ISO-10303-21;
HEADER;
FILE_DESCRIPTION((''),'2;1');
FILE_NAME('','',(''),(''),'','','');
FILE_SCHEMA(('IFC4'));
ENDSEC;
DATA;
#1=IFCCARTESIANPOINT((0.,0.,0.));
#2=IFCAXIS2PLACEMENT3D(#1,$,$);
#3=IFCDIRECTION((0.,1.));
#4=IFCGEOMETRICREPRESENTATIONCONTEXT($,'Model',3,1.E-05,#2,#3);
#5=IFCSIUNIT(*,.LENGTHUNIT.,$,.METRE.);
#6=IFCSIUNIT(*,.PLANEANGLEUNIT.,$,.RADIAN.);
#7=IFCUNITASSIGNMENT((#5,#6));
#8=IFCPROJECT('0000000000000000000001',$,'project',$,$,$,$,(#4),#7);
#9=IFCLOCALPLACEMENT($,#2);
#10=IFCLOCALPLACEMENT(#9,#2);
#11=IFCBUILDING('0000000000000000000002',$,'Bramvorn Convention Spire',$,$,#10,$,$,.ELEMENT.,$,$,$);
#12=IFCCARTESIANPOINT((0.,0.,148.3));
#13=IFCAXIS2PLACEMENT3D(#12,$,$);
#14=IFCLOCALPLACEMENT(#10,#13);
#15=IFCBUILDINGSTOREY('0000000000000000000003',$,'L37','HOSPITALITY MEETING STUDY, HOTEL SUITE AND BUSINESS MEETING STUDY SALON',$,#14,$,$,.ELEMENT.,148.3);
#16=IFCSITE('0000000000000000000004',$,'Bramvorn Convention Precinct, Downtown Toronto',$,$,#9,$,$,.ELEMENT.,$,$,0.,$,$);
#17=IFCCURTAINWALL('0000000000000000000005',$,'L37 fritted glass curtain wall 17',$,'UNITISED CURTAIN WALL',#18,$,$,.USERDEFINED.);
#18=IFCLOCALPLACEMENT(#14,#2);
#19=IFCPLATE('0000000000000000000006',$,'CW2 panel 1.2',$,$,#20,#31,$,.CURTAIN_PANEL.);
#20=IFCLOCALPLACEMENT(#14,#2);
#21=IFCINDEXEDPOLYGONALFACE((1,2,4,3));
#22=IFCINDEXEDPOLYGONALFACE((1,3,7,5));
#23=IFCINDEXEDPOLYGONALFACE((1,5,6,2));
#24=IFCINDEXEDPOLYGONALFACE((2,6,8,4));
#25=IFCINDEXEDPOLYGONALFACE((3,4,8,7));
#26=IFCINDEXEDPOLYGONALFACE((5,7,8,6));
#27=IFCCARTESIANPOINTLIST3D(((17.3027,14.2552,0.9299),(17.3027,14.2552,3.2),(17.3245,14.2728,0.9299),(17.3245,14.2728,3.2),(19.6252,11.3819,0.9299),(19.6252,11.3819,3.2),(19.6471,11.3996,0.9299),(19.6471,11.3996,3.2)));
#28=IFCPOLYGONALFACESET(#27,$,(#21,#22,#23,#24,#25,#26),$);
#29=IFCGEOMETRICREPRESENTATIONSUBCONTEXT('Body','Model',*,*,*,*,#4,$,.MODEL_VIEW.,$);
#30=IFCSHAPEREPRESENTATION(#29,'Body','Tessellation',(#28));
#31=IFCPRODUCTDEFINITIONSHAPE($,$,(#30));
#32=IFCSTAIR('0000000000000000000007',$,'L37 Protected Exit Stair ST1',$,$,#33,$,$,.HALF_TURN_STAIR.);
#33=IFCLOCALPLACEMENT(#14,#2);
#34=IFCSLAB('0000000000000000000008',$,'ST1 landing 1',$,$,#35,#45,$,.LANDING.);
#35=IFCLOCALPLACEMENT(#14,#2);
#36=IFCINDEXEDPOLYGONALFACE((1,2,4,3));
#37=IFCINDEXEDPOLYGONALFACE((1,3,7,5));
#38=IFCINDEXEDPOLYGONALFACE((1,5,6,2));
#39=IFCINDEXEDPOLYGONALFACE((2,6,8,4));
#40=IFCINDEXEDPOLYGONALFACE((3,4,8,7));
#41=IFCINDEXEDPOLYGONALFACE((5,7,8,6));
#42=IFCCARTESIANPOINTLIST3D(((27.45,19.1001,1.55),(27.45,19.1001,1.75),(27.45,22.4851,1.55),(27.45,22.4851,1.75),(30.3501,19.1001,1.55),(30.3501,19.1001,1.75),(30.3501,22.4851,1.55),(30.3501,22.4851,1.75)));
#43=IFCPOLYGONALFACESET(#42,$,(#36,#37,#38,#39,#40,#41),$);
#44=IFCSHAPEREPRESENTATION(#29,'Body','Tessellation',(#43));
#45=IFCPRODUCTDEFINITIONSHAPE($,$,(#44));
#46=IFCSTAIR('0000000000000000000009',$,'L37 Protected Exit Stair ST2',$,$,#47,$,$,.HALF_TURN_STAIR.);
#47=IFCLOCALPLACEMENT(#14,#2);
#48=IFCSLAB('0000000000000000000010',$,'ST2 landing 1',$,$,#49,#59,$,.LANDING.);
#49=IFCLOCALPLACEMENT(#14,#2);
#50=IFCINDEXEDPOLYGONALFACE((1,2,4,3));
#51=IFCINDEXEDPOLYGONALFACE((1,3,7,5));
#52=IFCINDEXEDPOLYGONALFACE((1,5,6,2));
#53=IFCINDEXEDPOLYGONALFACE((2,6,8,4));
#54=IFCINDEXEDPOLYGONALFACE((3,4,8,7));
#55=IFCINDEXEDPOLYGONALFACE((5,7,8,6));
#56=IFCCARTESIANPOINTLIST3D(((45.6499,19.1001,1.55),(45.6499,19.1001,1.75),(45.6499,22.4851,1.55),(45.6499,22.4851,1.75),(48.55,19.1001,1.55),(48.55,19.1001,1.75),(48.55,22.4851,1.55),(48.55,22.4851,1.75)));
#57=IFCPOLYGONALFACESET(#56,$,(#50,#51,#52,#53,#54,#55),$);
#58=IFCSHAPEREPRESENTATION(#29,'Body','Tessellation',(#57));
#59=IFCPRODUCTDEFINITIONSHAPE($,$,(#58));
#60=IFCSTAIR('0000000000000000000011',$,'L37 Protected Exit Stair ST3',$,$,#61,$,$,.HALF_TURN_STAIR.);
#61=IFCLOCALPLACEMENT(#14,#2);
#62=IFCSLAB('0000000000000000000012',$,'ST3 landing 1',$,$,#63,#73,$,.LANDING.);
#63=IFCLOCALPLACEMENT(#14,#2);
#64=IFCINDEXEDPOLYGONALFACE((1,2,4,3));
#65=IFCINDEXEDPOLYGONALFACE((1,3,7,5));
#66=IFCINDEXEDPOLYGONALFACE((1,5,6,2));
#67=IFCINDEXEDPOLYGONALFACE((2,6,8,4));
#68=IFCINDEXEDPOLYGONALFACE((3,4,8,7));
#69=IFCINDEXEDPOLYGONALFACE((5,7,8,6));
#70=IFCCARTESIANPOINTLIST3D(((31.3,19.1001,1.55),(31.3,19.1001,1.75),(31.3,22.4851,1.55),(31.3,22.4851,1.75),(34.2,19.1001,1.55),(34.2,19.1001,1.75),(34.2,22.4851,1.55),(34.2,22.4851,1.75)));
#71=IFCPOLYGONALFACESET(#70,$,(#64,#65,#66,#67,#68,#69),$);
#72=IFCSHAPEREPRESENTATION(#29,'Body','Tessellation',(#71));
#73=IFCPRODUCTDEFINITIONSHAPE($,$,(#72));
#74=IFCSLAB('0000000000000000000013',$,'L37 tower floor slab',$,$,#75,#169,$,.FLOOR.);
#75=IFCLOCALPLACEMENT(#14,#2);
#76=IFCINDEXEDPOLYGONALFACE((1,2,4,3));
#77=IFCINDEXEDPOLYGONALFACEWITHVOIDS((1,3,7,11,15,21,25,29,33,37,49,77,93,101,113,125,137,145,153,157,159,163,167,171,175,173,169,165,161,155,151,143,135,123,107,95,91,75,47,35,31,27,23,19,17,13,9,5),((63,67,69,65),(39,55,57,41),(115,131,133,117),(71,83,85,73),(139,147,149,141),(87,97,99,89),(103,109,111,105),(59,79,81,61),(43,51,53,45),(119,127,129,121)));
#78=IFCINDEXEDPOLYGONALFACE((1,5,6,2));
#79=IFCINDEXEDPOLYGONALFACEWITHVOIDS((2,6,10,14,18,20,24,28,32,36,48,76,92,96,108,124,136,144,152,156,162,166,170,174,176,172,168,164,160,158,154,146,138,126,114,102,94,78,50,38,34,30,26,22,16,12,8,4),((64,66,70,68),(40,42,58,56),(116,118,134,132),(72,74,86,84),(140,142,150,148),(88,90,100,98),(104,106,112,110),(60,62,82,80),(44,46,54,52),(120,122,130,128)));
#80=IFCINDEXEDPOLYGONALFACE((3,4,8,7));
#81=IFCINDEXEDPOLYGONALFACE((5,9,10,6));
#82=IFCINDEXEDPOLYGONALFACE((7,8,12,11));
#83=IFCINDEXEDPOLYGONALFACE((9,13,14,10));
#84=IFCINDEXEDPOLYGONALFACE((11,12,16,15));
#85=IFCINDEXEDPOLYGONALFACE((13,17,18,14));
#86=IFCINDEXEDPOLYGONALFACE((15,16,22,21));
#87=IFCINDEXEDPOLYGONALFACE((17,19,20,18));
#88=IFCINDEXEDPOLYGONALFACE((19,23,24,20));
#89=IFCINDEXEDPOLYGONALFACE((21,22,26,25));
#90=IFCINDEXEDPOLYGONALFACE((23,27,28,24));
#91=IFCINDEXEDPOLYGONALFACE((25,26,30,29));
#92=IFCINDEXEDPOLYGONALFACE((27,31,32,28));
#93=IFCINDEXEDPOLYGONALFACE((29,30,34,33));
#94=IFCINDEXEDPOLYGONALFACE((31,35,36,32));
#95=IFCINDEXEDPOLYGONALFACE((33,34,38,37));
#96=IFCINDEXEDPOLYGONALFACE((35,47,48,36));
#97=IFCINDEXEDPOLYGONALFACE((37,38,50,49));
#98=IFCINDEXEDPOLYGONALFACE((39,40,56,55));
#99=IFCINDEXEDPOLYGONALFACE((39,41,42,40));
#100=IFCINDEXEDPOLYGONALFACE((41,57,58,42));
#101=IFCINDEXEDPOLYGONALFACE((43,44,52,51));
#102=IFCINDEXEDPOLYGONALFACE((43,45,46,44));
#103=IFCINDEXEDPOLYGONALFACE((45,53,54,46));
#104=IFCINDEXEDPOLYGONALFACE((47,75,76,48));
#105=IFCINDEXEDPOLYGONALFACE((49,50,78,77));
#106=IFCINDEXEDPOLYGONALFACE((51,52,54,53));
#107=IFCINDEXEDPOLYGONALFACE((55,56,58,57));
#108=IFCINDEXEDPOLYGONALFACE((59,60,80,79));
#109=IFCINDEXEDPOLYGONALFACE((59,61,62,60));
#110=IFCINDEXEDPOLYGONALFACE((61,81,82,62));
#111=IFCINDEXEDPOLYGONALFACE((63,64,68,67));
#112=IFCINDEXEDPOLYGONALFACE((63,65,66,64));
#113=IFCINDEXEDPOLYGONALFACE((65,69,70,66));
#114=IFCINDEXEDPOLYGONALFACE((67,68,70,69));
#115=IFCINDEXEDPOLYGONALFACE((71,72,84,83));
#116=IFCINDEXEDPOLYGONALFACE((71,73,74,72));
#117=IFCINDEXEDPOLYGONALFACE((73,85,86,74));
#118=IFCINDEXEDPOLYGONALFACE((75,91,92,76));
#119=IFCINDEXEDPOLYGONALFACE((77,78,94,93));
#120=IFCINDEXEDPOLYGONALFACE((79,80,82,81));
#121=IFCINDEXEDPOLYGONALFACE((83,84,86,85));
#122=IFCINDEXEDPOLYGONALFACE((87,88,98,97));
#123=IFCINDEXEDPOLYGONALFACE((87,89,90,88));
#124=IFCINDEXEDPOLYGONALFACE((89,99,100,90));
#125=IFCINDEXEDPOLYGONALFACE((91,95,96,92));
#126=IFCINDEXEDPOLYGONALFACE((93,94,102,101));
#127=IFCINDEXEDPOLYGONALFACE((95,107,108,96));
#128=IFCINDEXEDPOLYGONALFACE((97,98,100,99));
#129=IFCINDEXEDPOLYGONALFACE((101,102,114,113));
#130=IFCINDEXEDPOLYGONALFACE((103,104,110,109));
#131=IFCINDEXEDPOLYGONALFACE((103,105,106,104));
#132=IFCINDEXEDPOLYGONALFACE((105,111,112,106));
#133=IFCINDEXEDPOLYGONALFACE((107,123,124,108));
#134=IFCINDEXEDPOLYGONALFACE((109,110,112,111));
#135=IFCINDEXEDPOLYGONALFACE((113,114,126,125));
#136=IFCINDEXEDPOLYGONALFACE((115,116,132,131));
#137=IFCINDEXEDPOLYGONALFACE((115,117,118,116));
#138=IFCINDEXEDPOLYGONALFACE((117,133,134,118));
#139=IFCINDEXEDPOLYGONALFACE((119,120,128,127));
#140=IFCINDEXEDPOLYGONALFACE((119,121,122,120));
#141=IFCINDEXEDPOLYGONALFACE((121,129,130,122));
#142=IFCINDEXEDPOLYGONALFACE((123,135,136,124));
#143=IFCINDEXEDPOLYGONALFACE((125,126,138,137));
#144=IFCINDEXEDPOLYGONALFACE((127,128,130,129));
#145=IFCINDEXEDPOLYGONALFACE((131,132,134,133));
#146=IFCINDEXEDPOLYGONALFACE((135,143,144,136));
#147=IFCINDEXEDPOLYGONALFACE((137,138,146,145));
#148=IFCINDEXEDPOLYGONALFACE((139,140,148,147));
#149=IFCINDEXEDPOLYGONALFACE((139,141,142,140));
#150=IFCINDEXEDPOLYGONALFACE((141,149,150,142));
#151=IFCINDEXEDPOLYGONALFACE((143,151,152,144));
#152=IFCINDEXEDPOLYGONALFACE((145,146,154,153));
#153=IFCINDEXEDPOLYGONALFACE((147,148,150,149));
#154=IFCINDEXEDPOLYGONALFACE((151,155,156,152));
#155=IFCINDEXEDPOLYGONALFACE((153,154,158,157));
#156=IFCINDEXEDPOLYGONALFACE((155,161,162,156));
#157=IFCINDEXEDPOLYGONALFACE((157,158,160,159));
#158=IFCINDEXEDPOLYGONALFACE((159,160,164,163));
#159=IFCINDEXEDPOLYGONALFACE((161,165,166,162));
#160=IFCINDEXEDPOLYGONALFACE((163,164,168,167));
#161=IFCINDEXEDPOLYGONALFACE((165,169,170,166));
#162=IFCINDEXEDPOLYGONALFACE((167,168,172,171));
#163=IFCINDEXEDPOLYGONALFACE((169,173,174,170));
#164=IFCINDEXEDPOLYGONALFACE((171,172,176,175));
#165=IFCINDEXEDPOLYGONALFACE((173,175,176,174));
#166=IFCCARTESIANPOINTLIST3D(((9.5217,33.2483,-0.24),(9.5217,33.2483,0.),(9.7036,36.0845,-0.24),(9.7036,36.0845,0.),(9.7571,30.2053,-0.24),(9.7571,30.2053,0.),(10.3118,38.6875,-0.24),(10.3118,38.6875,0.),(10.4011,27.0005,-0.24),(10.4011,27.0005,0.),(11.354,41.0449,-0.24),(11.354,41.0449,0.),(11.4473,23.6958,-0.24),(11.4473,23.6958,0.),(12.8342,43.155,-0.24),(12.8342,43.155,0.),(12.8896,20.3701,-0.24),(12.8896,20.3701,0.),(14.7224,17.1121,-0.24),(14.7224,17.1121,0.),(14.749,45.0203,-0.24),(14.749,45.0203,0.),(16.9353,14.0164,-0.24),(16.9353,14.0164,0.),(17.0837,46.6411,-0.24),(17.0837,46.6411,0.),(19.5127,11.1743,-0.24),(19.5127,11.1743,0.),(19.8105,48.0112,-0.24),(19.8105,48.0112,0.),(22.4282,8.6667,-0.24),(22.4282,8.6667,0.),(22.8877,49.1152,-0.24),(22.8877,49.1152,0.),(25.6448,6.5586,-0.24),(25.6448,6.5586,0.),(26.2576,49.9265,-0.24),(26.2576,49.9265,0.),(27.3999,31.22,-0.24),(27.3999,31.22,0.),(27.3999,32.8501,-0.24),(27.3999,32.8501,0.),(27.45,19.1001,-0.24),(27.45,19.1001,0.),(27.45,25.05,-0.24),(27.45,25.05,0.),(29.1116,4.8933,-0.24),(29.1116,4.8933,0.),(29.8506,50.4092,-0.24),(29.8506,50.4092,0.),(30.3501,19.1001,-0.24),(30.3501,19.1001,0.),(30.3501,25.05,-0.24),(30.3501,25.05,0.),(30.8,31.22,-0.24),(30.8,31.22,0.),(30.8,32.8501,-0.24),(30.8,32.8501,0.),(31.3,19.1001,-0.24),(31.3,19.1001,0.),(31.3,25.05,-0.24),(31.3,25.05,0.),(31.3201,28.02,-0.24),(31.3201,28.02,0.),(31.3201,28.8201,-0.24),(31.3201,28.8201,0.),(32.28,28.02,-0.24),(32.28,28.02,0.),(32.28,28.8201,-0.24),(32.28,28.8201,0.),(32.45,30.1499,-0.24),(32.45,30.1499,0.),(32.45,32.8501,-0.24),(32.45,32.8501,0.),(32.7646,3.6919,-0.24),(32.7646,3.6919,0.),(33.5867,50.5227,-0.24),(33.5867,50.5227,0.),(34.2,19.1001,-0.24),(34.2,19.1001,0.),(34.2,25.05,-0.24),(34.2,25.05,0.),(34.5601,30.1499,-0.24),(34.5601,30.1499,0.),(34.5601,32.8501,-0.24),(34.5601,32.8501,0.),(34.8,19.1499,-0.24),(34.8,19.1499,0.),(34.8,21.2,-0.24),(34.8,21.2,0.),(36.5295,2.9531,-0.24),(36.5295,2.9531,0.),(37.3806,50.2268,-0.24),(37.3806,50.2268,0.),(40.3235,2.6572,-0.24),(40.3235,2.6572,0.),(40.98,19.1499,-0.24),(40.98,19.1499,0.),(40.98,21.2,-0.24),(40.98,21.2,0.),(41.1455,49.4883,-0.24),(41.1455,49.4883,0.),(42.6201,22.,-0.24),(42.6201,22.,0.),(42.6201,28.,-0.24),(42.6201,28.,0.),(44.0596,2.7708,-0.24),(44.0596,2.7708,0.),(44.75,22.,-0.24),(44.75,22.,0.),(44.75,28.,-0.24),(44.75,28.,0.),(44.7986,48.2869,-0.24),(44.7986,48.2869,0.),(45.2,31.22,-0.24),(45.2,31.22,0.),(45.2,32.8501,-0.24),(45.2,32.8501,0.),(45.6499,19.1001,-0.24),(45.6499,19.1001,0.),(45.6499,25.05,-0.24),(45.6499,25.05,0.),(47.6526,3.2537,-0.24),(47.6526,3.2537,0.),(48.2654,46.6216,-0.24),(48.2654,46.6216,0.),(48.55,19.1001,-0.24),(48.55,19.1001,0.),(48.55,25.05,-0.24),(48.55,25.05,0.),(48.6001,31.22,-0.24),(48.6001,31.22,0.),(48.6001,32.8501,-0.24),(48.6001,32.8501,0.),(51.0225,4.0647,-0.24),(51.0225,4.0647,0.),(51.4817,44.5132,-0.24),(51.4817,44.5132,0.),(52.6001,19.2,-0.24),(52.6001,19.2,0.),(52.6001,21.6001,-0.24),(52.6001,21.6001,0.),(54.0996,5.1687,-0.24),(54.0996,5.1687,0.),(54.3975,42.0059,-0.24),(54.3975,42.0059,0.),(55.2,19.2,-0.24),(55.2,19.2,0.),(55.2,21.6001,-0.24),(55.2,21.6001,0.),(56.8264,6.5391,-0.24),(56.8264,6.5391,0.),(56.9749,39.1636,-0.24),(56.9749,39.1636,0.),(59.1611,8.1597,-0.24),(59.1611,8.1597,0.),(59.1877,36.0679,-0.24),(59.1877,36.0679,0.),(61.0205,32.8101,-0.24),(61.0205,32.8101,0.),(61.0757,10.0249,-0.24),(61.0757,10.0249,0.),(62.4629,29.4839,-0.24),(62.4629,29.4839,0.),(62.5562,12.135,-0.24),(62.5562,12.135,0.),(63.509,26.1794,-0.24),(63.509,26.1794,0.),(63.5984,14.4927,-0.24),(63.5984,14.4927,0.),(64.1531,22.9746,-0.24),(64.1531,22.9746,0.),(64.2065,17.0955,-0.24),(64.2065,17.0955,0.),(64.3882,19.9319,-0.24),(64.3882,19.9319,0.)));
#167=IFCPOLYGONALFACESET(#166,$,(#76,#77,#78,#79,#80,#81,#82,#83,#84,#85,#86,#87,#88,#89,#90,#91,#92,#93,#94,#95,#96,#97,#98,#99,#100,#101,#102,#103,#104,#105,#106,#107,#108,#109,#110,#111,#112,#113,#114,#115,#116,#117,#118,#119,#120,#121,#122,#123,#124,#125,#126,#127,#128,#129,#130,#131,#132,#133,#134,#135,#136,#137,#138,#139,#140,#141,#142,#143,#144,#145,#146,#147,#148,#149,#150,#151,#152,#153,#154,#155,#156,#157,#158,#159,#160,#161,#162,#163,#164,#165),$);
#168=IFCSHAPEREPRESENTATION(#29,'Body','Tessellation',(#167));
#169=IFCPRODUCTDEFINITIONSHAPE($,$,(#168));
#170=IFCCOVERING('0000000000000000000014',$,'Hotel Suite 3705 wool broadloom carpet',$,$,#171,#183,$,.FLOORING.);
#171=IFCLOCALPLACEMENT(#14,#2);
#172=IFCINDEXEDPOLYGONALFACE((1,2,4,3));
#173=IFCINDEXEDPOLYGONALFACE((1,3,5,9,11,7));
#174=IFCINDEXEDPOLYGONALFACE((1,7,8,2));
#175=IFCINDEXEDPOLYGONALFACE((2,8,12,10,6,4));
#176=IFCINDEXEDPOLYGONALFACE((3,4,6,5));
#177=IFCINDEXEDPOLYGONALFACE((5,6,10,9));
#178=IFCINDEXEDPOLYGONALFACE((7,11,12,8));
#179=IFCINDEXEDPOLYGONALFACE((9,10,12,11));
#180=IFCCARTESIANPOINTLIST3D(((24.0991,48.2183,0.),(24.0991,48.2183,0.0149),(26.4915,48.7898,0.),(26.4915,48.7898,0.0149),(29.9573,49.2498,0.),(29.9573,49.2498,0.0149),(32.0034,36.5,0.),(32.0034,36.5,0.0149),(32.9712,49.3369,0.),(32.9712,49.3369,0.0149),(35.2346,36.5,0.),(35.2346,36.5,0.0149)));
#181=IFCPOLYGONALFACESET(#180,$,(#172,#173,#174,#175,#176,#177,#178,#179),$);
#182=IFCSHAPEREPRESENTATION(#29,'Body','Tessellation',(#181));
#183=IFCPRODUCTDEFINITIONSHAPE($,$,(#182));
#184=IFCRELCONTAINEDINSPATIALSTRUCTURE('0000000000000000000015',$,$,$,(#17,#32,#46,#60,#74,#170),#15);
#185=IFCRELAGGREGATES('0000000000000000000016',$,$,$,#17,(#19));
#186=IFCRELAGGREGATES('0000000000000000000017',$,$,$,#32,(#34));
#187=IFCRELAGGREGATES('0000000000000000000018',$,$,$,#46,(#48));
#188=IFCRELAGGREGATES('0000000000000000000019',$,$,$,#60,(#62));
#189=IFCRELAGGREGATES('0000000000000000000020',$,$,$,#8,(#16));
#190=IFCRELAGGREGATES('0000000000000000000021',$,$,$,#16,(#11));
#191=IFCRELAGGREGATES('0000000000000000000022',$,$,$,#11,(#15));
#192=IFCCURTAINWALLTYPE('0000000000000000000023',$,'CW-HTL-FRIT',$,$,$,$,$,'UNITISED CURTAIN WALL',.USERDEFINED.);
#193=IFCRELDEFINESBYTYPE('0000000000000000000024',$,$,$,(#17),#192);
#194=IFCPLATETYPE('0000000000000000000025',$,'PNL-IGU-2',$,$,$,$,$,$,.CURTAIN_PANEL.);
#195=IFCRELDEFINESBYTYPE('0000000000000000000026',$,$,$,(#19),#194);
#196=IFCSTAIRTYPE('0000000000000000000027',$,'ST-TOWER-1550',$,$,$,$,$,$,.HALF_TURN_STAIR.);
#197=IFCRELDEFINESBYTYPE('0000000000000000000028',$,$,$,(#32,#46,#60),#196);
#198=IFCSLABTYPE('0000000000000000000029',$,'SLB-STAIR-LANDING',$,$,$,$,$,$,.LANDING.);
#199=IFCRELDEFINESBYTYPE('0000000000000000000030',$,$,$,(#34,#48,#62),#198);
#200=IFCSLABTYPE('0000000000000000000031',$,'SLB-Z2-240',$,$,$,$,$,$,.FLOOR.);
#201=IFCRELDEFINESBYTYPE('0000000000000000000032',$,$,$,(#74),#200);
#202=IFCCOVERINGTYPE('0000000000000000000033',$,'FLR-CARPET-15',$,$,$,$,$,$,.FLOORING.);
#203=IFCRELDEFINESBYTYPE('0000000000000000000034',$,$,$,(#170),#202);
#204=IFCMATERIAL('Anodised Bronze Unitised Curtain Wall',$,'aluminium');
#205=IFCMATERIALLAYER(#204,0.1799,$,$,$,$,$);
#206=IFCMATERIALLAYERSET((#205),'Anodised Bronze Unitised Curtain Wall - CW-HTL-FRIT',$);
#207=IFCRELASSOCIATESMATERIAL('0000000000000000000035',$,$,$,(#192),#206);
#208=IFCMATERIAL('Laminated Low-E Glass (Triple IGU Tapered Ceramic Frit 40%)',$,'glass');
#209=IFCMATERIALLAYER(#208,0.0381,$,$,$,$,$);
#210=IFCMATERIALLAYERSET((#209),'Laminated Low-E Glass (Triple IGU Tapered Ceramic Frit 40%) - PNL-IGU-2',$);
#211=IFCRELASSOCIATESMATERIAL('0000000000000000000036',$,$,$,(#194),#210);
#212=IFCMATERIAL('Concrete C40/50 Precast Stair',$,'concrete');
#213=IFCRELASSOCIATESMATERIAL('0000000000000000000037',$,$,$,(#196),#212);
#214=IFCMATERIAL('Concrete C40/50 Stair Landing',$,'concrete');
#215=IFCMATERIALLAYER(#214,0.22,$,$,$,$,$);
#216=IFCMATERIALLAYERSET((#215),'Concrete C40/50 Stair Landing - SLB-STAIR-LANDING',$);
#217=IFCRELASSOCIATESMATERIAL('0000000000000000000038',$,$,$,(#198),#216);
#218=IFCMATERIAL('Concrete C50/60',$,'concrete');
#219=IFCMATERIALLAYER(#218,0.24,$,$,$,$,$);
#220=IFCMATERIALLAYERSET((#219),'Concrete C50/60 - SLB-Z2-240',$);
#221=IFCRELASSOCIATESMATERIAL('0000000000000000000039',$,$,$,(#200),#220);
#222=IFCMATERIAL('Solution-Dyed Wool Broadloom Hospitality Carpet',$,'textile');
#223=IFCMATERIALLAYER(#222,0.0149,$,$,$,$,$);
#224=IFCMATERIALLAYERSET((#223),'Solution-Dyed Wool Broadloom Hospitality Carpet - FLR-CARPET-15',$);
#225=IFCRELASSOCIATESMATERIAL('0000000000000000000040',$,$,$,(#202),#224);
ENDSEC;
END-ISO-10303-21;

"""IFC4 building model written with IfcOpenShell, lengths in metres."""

from ifc_helpers import new_model, si_unit, direction, frame, origin, origin_2d, place, context, subcontext, project, spatial, polyline, rectangle, outline, extrude, material, layer, layer_set, type_object, element, aggregate, save


model = new_model("IFC4")

# Units and contexts
model_context = context("Model", 3, precision=1e-05, world=origin(), true_north=direction((0.0, 1.0)))
body_context = subcontext(model_context, "Body", "Model", "MODEL_VIEW")
ifc_project = project(units=[si_unit("LENGTHUNIT", "METRE"), si_unit("PLANEANGLEUNIT", "RADIAN")], contexts=[model_context])

# Site, building, storey
site_placement = place(None, origin())
site = spatial("IfcSite", under=ifc_project, at=site_placement, Name="Bramvorn Convention Precinct, Downtown Toronto", CompositionType="ELEMENT", RefElevation=0.0)
building_placement = place(site_placement, origin())
building = spatial("IfcBuilding", under=site, at=building_placement, Name="Bramvorn Convention Spire", CompositionType="ELEMENT")
storey_placement = place(building_placement, frame((0.0, 0.0, 148.3)))
storey = spatial("IfcBuildingStorey", under=building, at=storey_placement, Name="L37", Description="HOSPITALITY MEETING STUDY, HOTEL SUITE AND BUSINESS MEETING STUDY SALON", CompositionType="ELEMENT", Elevation=148.3)

# Curtain wall, plate
ifc_material_1 = material(Name="Anodised Bronze Unitised Curtain Wall", Category="aluminium")
ifc_layer_1 = layer(ifc_material_1, 0.1799)
ifc_layer_set_1 = layer_set([ifc_layer_1], Name="Anodised Bronze Unitised Curtain Wall - CW-HTL-FRIT")
curtain_wall_type = type_object("IfcCurtainWallType", Name="CW-HTL-FRIT", ElementType="UNITISED CURTAIN WALL", PredefinedType="USERDEFINED", material=ifc_layer_set_1)
curtain_wall_placement = place(storey_placement, origin())
curtain_wall = element("IfcCurtainWall", 1, at=curtain_wall_placement, inside=storey, type_object=curtain_wall_type, Name="L37 fritted glass curtain wall 17", ObjectType="UNITISED CURTAIN WALL", PredefinedType="USERDEFINED")
ifc_material_2 = material(Name="Laminated Low-E Glass (Triple IGU Tapered Ceramic Frit 40%)", Category="glass")
ifc_layer_2 = layer(ifc_material_2, 0.0381)
ifc_layer_set_2 = layer_set([ifc_layer_2], Name="Laminated Low-E Glass (Triple IGU Tapered Ceramic Frit 40%) - PNL-IGU-2")
plate_type = type_object("IfcPlateType", Name="PNL-IGU-2", PredefinedType="CURTAIN_PANEL", material=ifc_layer_set_2)
plate_1_placement = place(storey_placement, frame((18.4749, 12.8274, 0.9299), z_axis=(0.0, 0.0, 1.0), x_axis=(-0.628642, 0.777694, 0.0)))
plate_1 = element("IfcPlate", 2, at=plate_1_placement, type_object=plate_type, Name="CW2 panel 1.2", PredefinedType="CURTAIN_PANEL", context=body_context, shape_type="SweptSolid", body=[
    extrude(rectangle(XDim=3.6946, YDim=0.0281, at=origin_2d()), origin(), (0.0, 0.0, 1.0), 2.27),
])
aggregate(curtain_wall, [plate_1])

# Stairs, slabs
ifc_material_3 = material(Name="Concrete C40/50 Precast Stair", Category="concrete")
stair_type = type_object("IfcStairType", Name="ST-TOWER-1550", PredefinedType="HALF_TURN_STAIR", material=ifc_material_3)
stair_1_placement = place(storey_placement, origin())
stair_1 = element("IfcStair", 3, at=stair_1_placement, inside=storey, type_object=stair_type, Name="L37 Protected Exit Stair ST1", PredefinedType="HALF_TURN_STAIR")
ifc_material_4 = material(Name="Concrete C40/50 Stair Landing", Category="concrete")
ifc_layer_3 = layer(ifc_material_4, 0.22)
ifc_layer_set_3 = layer_set([ifc_layer_3], Name="Concrete C40/50 Stair Landing - SLB-STAIR-LANDING")
slab_type_1 = type_object("IfcSlabType", Name="SLB-STAIR-LANDING", PredefinedType="LANDING", material=ifc_layer_set_3)
slab_1_placement = place(storey_placement, frame((0.0, 0.0, 1.55)))
slab_1 = element("IfcSlab", 4, at=slab_1_placement, type_object=slab_type_1, Name="ST1 landing 1", PredefinedType="LANDING", context=body_context, shape_type="SweptSolid", body=[
    extrude(outline(polyline([(27.45, 22.4851), (27.45, 19.1001), (30.3501, 19.1001), (30.3501, 22.4851), (27.45, 22.4851)])), origin(), (0.0, 0.0, 1.0), 0.2),
])
aggregate(stair_1, [slab_1])
stair_2_placement = place(storey_placement, origin())
stair_2 = element("IfcStair", 5, at=stair_2_placement, inside=storey, type_object=stair_type, Name="L37 Protected Exit Stair ST2", PredefinedType="HALF_TURN_STAIR")
slab_2_placement = place(storey_placement, frame((0.0, 0.0, 1.55)))
slab_2 = element("IfcSlab", 6, at=slab_2_placement, type_object=slab_type_1, Name="ST2 landing 1", PredefinedType="LANDING", context=body_context, shape_type="SweptSolid", body=[
    extrude(outline(polyline([(45.6499, 22.4851), (45.6499, 19.1001), (48.55, 19.1001), (48.55, 22.4851), (45.6499, 22.4851)])), origin(), (0.0, 0.0, 1.0), 0.2),
])
aggregate(stair_2, [slab_2])
stair_3_placement = place(storey_placement, origin())
stair_3 = element("IfcStair", 7, at=stair_3_placement, inside=storey, type_object=stair_type, Name="L37 Protected Exit Stair ST3", PredefinedType="HALF_TURN_STAIR")
slab_3_placement = place(storey_placement, frame((0.0, 0.0, 1.55)))
slab_3 = element("IfcSlab", 8, at=slab_3_placement, type_object=slab_type_1, Name="ST3 landing 1", PredefinedType="LANDING", context=body_context, shape_type="SweptSolid", body=[
    extrude(outline(polyline([(31.3, 22.4851), (31.3, 19.1001), (34.2, 19.1001), (34.2, 22.4851), (31.3, 22.4851)])), origin(), (0.0, 0.0, 1.0), 0.2),
])
aggregate(stair_3, [slab_3])

# Slab
ifc_material_5 = material(Name="Concrete C50/60", Category="concrete")
ifc_layer_4 = layer(ifc_material_5, 0.24)
ifc_layer_set_4 = layer_set([ifc_layer_4], Name="Concrete C50/60 - SLB-Z2-240")
slab_type_2 = type_object("IfcSlabType", Name="SLB-Z2-240", PredefinedType="FLOOR", material=ifc_layer_set_4)
slab_4_placement = place(storey_placement, frame((0.0, 0.0, -0.24)))
element("IfcSlab", 9, at=slab_4_placement, inside=storey, type_object=slab_type_2, Name="L37 tower floor slab", PredefinedType="FLOOR", context=body_context, shape_type="SweptSolid", body=[
    extrude(outline(polyline([(62.5562, 12.135), (63.5984, 14.4927), (64.2065, 17.0955), (64.3882, 19.9319), (64.1531, 22.9746), (63.509, 26.1794), (62.4629, 29.4839), (61.0205, 32.8101), (59.1877, 36.0679), (56.9749, 39.1636), (54.3975, 42.0059), (51.4817, 44.5132), (48.2654, 46.6216), (44.7986, 48.2869), (41.1455, 49.4883), (37.3806, 50.2268), (33.5867, 50.5227), (29.8506, 50.4092), (26.2576, 49.9265), (22.8877, 49.1152), (19.8105, 48.0112), (17.0837, 46.6411), (14.749, 45.0203), (12.8342, 43.155), (11.354, 41.0449), (10.3118, 38.6875), (9.7036, 36.0845), (9.5217, 33.2483), (9.7571, 30.2053), (10.4011, 27.0005), (11.4473, 23.6958), (12.8896, 20.3701), (14.7224, 17.1121), (16.9353, 14.0164), (19.5127, 11.1743), (22.4282, 8.6667), (25.6448, 6.5586), (29.1116, 4.8933), (32.7646, 3.6919), (36.5295, 2.9531), (40.3235, 2.6572), (44.0596, 2.7708), (47.6526, 3.2537), (51.0225, 4.0647), (54.0996, 5.1687), (56.8264, 6.5391), (59.1611, 8.1597), (61.0757, 10.0249), (62.5562, 12.135)]), holes=[polyline([(27.45, 25.05), (27.45, 19.1001), (30.3501, 19.1001), (30.3501, 25.05), (27.45, 25.05)]), polyline([(45.6499, 25.05), (45.6499, 19.1001), (48.55, 19.1001), (48.55, 25.05), (45.6499, 25.05)]), polyline([(31.3, 25.05), (31.3, 19.1001), (34.2, 19.1001), (34.2, 25.05), (31.3, 25.05)]), polyline([(27.3999, 31.22), (30.8, 31.22), (30.8, 32.8501), (27.3999, 32.8501), (27.3999, 31.22)]), polyline([(45.2, 31.22), (48.6001, 31.22), (48.6001, 32.8501), (45.2, 32.8501), (45.2, 31.22)]), polyline([(32.45, 30.1499), (34.5601, 30.1499), (34.5601, 32.8501), (32.45, 32.8501), (32.45, 30.1499)]), polyline([(34.8, 19.1499), (40.98, 19.1499), (40.98, 21.2), (34.8, 21.2), (34.8, 19.1499)]), polyline([(42.6201, 22.0), (44.75, 22.0), (44.75, 28.0), (42.6201, 28.0), (42.6201, 22.0)]), polyline([(31.3201, 28.02), (32.28, 28.02), (32.28, 28.8201), (31.3201, 28.8201), (31.3201, 28.02)]), polyline([(52.6001, 19.2), (55.2, 19.2), (55.2, 21.6001), (52.6001, 21.6001), (52.6001, 19.2)])]), origin(), (0.0, 0.0, 1.0), 0.24),
])

# Covering
ifc_material_6 = material(Name="Solution-Dyed Wool Broadloom Hospitality Carpet", Category="textile")
ifc_layer_5 = layer(ifc_material_6, 0.0149)
ifc_layer_set_5 = layer_set([ifc_layer_5], Name="Solution-Dyed Wool Broadloom Hospitality Carpet - FLR-CARPET-15")
covering_type = type_object("IfcCoveringType", Name="FLR-CARPET-15", PredefinedType="FLOORING", material=ifc_layer_set_5)
covering_1_placement = place(storey_placement, origin())
element("IfcCovering", 10, at=covering_1_placement, inside=storey, type_object=covering_type, Name="Hotel Suite 3705 wool broadloom carpet", PredefinedType="FLOORING", context=body_context, shape_type="SweptSolid", body=[
    extrude(outline(polyline([(32.0034, 36.5), (35.2346, 36.5), (32.9712, 49.3369), (29.9573, 49.2498), (26.4915, 48.7898), (24.0991, 48.2183), (32.0034, 36.5)])), origin(), (0.0, 0.0, 1.0), 0.0149),
])

save(model, "model.ifc")
